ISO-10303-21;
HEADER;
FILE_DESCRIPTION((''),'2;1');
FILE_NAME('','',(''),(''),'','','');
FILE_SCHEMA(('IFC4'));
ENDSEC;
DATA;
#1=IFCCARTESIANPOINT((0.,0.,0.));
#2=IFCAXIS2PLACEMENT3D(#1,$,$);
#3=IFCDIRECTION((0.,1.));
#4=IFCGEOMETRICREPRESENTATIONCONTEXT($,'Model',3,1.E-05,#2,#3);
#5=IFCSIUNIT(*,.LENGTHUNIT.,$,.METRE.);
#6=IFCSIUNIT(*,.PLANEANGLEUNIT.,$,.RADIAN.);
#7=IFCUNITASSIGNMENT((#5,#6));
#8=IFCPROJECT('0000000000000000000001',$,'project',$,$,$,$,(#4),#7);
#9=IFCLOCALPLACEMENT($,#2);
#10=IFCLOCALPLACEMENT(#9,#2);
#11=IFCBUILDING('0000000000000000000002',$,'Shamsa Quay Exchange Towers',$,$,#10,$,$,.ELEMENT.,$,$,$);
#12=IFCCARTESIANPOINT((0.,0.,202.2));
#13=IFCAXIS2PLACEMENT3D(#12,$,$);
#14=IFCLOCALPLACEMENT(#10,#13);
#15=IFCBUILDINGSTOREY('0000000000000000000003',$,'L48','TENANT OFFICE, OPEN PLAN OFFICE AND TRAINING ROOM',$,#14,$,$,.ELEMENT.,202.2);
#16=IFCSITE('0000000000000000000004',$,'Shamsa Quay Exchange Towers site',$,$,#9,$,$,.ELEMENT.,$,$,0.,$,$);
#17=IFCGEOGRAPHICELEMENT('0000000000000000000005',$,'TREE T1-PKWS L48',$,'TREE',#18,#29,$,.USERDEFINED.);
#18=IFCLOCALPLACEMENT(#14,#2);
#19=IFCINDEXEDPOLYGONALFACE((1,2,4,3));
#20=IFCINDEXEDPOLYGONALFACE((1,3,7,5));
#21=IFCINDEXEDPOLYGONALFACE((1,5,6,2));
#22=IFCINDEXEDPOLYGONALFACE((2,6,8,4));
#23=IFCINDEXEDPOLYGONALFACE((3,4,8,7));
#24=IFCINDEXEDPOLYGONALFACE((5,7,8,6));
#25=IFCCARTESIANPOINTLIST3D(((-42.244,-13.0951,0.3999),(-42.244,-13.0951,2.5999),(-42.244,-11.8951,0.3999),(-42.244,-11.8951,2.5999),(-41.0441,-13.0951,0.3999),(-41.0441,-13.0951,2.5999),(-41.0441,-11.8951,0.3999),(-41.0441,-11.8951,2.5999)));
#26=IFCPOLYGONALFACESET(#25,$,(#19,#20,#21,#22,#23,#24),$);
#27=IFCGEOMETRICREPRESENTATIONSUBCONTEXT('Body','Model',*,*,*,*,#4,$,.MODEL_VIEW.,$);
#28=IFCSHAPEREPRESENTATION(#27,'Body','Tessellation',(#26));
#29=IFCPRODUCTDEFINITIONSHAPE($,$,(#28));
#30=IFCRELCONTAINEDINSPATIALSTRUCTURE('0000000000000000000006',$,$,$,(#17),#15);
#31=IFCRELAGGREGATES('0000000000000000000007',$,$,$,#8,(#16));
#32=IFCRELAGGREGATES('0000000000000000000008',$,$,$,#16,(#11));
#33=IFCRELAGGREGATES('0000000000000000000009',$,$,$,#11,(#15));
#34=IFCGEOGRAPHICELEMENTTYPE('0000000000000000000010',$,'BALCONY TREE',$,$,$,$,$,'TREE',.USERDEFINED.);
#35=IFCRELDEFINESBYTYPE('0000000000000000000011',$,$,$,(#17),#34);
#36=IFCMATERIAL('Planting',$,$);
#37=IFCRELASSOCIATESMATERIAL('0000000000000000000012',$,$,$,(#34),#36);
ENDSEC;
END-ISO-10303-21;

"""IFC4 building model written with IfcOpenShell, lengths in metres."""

from ifc_helpers import new_model, si_unit, direction, frame, origin, origin_2d, place, context, subcontext, project, spatial, rectangle, extrude, material, type_object, element, save


model = new_model("IFC4")

# Units and contexts
model_context = context("Model", 3, precision=1e-05, world=origin(), true_north=direction((0.0, 1.0)))
body_context = subcontext(model_context, "Body", "Model", "MODEL_VIEW")
ifc_project = project(units=[si_unit("LENGTHUNIT", "METRE"), si_unit("PLANEANGLEUNIT", "RADIAN")], contexts=[model_context])

# Site, building, storey
site_placement = place(None, origin())
site = spatial("IfcSite", under=ifc_project, at=site_placement, Name="Shamsa Quay Exchange Towers site", CompositionType="ELEMENT", RefElevation=0.0)
building_placement = place(site_placement, origin())
building = spatial("IfcBuilding", under=site, at=building_placement, Name="Shamsa Quay Exchange Towers", CompositionType="ELEMENT")
storey_placement = place(building_placement, frame((0.0, 0.0, 202.2)))
storey = spatial("IfcBuildingStorey", under=building, at=storey_placement, Name="L48", Description="TENANT OFFICE, OPEN PLAN OFFICE AND TRAINING ROOM", CompositionType="ELEMENT", Elevation=202.2)

# Geographic element
ifc_material_1 = material(Name="Planting")
geographic_element_type = type_object("IfcGeographicElementType", Name="BALCONY TREE", ElementType="TREE", PredefinedType="USERDEFINED", material=ifc_material_1)
geographic_element_placement = place(storey_placement, frame((-41.644, -12.4951, 0.3999)))
element("IfcGeographicElement", 1, at=geographic_element_placement, inside=storey, type_object=geographic_element_type, Name="TREE T1-PKWS L48", ObjectType="TREE", PredefinedType="USERDEFINED", context=body_context, shape_type="SweptSolid", body=[
    extrude(rectangle(XDim=1.2, YDim=1.2, at=origin_2d()), origin(), (0.0, 0.0, 1.0), 2.2),
])

save(model, "model.ifc")
